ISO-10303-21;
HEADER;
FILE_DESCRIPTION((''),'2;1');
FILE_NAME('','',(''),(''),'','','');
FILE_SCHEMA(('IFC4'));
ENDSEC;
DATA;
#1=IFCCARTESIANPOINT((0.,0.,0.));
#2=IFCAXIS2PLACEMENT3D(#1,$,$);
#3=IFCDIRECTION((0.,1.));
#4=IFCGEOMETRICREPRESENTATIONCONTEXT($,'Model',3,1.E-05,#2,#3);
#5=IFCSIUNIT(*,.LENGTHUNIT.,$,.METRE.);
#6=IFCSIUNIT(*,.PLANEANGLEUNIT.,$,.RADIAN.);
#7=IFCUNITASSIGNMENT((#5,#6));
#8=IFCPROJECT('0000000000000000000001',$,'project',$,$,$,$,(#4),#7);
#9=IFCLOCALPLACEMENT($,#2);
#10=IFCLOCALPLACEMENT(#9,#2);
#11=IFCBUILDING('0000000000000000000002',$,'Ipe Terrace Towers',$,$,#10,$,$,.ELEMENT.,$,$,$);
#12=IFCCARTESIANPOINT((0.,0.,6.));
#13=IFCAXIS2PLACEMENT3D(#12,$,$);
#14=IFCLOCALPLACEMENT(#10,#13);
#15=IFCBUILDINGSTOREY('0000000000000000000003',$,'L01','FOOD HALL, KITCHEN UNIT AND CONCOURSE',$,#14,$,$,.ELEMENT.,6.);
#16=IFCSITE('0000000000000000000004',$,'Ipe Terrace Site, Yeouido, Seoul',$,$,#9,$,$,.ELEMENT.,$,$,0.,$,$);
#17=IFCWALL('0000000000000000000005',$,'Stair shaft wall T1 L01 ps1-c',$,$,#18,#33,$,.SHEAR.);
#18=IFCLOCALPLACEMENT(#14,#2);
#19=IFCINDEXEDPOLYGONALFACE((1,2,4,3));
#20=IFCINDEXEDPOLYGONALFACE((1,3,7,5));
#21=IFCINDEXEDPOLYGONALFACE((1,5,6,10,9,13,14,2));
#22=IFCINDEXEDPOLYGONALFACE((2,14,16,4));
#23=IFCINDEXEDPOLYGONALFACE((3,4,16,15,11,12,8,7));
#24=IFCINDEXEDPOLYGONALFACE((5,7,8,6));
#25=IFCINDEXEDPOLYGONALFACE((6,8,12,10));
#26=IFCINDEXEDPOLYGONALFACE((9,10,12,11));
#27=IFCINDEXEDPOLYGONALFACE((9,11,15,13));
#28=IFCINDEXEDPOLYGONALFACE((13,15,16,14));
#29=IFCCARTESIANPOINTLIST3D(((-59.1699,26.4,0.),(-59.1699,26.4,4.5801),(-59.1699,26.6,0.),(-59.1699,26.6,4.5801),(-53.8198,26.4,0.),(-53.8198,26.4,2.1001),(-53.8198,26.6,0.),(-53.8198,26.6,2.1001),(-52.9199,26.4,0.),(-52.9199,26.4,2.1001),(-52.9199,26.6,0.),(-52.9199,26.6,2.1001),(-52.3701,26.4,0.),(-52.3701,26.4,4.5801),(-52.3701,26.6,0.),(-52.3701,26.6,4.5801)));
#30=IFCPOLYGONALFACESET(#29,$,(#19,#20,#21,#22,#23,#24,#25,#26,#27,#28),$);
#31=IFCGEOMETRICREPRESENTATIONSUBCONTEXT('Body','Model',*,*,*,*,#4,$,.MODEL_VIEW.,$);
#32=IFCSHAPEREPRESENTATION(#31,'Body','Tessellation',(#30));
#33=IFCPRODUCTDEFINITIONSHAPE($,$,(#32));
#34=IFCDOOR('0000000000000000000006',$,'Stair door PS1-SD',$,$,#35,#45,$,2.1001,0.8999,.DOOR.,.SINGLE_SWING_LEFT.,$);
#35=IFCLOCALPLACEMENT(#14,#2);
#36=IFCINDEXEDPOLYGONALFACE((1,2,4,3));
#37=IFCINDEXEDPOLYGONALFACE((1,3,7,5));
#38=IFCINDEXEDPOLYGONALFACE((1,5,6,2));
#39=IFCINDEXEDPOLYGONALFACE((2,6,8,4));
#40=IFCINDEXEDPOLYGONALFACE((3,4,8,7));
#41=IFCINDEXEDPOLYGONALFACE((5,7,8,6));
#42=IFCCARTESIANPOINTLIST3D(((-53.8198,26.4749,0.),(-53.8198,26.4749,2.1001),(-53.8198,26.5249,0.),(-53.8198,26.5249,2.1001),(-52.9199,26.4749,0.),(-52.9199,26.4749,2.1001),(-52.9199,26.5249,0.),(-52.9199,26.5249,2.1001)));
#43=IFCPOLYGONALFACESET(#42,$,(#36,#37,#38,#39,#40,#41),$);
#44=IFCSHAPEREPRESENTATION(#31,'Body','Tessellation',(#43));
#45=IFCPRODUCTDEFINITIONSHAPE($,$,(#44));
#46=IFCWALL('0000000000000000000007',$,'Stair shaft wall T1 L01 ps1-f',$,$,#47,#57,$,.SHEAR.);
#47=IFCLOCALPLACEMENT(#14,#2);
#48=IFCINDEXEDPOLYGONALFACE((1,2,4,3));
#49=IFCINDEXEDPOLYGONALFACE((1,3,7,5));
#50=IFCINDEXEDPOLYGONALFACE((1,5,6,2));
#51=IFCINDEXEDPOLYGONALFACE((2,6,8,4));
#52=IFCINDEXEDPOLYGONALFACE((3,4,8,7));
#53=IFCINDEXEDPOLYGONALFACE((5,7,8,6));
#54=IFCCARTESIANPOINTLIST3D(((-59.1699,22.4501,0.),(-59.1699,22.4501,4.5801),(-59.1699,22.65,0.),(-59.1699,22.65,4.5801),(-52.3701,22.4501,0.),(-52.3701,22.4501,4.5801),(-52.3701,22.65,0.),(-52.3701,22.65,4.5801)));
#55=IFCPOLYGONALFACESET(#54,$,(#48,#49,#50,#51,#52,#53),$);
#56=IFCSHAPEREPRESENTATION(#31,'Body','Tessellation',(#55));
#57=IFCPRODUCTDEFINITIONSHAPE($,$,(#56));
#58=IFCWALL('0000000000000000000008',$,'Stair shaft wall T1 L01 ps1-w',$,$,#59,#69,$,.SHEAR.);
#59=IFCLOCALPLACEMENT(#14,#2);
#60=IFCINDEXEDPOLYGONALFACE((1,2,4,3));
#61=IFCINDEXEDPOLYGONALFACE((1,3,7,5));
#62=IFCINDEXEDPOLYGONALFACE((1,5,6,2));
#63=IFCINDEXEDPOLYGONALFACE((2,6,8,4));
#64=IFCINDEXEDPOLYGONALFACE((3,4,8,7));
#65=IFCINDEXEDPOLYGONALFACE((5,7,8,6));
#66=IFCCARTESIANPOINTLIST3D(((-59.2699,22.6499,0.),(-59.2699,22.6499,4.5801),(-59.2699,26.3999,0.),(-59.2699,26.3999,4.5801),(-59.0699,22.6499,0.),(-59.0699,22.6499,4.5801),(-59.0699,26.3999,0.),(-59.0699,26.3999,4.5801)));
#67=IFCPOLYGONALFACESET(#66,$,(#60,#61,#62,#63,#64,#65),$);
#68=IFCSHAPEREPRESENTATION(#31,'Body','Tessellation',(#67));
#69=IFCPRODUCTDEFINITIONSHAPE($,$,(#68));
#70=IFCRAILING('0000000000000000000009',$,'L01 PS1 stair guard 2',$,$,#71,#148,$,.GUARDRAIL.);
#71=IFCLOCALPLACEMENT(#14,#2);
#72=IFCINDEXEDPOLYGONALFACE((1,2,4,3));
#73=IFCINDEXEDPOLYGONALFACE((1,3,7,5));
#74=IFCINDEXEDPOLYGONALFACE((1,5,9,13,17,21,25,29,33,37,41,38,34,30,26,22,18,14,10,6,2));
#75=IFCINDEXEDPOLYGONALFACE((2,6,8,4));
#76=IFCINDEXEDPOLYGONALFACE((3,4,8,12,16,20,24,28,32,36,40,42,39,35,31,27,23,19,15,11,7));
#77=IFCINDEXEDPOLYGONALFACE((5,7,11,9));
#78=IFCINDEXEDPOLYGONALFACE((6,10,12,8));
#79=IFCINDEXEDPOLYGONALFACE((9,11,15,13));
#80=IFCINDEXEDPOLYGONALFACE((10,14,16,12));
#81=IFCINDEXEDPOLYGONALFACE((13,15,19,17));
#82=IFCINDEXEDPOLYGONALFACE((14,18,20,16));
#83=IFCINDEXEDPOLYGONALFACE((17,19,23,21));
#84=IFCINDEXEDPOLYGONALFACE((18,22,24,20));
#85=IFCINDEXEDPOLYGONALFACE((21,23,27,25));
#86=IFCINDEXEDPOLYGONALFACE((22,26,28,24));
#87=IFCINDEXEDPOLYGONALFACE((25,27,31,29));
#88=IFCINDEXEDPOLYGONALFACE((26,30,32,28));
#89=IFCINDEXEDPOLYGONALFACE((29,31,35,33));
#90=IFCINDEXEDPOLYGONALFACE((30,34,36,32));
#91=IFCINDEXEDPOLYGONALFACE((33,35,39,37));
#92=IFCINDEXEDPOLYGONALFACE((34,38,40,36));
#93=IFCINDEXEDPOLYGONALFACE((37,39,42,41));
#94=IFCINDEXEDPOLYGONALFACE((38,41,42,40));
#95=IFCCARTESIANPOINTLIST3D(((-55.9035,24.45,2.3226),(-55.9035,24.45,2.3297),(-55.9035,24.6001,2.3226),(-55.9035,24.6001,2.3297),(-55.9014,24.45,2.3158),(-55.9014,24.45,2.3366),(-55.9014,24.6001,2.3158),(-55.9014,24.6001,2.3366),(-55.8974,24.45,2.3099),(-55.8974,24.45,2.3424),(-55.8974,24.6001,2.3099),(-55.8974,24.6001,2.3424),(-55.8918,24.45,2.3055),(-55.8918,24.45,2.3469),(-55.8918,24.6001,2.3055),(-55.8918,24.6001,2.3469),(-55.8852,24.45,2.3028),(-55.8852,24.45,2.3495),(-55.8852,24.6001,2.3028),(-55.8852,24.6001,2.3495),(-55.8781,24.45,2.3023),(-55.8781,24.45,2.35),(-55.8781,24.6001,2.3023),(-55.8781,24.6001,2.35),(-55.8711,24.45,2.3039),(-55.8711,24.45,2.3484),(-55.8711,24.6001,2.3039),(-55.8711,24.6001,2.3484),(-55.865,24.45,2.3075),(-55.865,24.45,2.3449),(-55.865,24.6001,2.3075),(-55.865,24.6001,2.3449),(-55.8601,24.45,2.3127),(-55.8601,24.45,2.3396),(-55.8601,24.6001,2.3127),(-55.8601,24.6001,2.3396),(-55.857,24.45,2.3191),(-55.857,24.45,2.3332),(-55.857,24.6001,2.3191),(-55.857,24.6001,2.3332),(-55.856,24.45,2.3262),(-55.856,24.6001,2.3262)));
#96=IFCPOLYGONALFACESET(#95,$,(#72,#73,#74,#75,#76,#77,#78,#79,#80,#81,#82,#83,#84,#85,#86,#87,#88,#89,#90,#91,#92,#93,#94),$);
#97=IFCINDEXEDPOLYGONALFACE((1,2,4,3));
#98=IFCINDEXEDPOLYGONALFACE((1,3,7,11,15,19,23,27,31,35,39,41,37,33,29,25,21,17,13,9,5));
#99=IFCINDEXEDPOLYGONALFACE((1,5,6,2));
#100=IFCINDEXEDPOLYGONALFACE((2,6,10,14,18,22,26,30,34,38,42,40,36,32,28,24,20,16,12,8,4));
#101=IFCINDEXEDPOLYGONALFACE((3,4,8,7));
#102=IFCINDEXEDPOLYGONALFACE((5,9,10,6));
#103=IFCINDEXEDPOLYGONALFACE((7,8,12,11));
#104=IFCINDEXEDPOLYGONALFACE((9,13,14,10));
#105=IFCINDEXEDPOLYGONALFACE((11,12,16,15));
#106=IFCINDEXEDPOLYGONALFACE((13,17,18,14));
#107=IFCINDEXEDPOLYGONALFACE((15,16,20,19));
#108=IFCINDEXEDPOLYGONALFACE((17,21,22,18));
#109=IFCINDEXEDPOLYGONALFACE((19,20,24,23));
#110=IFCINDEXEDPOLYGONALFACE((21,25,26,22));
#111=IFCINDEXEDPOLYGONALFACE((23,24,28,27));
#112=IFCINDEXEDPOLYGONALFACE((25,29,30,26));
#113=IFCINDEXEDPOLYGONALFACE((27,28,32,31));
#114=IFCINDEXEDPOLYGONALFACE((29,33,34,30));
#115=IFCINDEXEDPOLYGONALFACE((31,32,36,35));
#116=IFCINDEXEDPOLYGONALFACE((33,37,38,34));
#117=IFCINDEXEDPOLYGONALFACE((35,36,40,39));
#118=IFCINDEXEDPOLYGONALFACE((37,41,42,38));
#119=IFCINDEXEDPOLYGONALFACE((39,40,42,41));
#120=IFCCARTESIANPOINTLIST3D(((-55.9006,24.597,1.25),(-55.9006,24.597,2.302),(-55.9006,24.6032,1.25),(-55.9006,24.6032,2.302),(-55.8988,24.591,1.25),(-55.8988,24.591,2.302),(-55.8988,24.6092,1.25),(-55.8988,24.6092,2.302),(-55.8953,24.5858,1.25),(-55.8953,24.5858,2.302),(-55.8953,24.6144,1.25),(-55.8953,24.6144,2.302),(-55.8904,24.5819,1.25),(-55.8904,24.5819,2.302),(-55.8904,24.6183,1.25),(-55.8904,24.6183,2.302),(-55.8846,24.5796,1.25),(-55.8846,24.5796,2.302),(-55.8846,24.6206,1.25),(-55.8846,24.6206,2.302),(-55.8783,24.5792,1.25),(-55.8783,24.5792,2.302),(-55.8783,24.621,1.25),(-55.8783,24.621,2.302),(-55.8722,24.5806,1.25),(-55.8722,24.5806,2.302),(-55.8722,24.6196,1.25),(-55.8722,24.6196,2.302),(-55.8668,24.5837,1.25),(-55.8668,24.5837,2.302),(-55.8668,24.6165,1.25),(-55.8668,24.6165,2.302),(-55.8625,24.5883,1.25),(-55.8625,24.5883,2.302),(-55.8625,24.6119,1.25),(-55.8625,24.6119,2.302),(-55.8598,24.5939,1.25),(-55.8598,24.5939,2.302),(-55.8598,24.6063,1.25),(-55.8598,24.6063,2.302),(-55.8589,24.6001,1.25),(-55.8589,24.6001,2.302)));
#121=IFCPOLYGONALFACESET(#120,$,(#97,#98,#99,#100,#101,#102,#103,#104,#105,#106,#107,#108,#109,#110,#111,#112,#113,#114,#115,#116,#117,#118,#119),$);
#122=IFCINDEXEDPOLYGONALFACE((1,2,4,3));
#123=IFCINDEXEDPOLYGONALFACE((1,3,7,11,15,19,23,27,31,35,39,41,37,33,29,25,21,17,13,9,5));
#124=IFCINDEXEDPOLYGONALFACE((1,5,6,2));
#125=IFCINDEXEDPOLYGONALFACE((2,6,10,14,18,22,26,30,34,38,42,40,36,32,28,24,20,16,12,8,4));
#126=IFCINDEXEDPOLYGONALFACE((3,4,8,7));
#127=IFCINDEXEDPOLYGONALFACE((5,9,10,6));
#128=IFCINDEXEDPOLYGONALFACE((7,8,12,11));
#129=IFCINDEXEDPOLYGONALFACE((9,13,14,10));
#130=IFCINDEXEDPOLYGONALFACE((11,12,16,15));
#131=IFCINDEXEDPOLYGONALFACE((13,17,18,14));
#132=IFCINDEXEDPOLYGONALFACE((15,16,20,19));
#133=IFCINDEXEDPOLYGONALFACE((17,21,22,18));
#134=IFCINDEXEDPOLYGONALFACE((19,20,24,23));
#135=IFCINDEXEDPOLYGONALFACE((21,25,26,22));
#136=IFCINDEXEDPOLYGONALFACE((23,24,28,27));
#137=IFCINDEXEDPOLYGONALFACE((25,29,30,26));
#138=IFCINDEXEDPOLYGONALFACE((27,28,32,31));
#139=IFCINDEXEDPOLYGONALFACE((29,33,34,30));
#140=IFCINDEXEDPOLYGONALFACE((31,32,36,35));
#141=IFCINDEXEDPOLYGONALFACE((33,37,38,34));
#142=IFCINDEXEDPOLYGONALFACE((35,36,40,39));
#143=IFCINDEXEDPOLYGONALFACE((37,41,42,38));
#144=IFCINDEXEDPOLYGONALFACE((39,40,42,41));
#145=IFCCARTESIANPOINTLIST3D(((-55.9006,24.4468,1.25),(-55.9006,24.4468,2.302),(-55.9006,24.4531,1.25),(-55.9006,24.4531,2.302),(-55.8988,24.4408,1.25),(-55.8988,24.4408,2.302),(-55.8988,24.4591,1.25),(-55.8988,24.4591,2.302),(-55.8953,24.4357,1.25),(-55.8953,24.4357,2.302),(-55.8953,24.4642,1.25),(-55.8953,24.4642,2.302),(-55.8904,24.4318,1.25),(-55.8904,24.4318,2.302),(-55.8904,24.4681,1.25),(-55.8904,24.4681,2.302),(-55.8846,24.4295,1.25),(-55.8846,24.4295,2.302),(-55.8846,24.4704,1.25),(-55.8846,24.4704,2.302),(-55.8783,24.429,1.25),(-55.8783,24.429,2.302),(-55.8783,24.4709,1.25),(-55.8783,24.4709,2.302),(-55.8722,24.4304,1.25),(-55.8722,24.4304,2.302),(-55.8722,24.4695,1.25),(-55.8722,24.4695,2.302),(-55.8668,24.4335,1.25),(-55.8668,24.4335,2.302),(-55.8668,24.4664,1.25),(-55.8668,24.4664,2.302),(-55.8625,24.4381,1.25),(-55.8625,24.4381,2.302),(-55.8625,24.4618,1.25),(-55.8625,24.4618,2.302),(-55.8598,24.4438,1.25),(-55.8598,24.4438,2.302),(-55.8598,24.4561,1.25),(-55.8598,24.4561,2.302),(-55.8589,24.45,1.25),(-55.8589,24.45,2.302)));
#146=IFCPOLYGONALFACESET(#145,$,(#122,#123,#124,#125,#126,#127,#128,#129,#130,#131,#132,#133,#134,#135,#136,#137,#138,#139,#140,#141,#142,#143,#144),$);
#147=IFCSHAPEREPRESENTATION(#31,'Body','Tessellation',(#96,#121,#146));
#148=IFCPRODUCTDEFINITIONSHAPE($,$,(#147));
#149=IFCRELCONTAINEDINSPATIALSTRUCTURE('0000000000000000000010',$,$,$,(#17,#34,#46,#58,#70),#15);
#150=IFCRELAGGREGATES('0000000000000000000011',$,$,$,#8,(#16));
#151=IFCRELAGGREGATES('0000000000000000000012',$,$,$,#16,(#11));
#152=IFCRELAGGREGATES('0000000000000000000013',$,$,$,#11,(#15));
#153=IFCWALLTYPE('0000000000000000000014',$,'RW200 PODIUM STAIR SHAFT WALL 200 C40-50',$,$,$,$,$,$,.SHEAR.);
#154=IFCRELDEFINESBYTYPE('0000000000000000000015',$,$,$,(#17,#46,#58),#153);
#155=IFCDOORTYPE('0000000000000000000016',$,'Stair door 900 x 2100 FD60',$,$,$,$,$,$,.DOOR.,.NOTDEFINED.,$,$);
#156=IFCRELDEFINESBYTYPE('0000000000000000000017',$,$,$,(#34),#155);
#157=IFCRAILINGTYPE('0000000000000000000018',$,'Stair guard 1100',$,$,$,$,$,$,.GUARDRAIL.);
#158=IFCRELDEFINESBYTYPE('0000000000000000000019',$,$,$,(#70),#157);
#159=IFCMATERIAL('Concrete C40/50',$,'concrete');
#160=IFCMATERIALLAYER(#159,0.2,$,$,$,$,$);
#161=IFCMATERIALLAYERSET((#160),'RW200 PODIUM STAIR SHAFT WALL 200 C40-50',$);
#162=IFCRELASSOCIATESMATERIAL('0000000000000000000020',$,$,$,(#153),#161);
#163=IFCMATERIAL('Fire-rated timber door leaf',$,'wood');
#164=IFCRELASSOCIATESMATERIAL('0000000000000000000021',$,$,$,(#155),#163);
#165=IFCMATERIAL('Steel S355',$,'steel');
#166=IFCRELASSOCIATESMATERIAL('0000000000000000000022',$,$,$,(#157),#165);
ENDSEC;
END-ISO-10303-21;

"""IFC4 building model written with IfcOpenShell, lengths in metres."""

from ifc_helpers import new_model, si_unit, direction, frame, frame_2d, origin, origin_2d, place, context, subcontext, project, spatial, rectangle, circle, extrude, material, layer, layer_set, type_object, element, fill, save


model = new_model("IFC4")

# Units and contexts
model_context = context("Model", 3, precision=1e-05, world=origin(), true_north=direction((0.0, 1.0)))
body_context = subcontext(model_context, "Body", "Model", "MODEL_VIEW")
ifc_project = project(units=[si_unit("LENGTHUNIT", "METRE"), si_unit("PLANEANGLEUNIT", "RADIAN")], contexts=[model_context])

# Site, building, storey
site_placement = place(None, origin())
site = spatial("IfcSite", under=ifc_project, at=site_placement, Name="Ipe Terrace Site, Yeouido, Seoul", CompositionType="ELEMENT", RefElevation=0.0)
building_placement = place(site_placement, origin())
building = spatial("IfcBuilding", under=site, at=building_placement, Name="Ipe Terrace Towers", CompositionType="ELEMENT")
storey_placement = place(building_placement, frame((0.0, 0.0, 6.0)))
storey = spatial("IfcBuildingStorey", under=building, at=storey_placement, Name="L01", Description="FOOD HALL, KITCHEN UNIT AND CONCOURSE", CompositionType="ELEMENT", Elevation=6.0)

# Wall, opening, door
ifc_material_1 = material(Name="Concrete C40/50", Category="concrete")
ifc_layer_1 = layer(ifc_material_1, 0.2)
ifc_layer_set_1 = layer_set([ifc_layer_1], Name="RW200 PODIUM STAIR SHAFT WALL 200 C40-50")
wall_type_1 = type_object("IfcWallType", Name="RW200 PODIUM STAIR SHAFT WALL 200 C40-50", PredefinedType="SHEAR", material=ifc_layer_set_1)
wall_1_placement = place(storey_placement, frame((-59.1699, 26.5, 0.0), z_axis=(0.0, 0.0, 1.0), x_axis=(1.0, 0.0, 0.0)))
wall_1 = element("IfcWall", 1, at=wall_1_placement, inside=storey, type_object=wall_type_1, Name="Stair shaft wall T1 L01 ps1-c", PredefinedType="SHEAR", context=body_context, shape_type="SweptSolid", body=[
    extrude(rectangle(XDim=6.7998, YDim=0.2, at=frame_2d((3.3999, 0.0))), origin(), (0.0, 0.0, 1.0), 4.5801),
])
opening_1_placement = place(wall_1_placement, frame((5.3501, 0.0, 0.0)))
opening_1 = element("IfcOpeningElement", 2, at=opening_1_placement, cuts=wall_1, PredefinedType="OPENING", context=body_context, shape_type="SweptSolid", body=[
    extrude(rectangle(XDim=0.8999, YDim=2.1001, at=frame_2d((0.45, 1.05))), frame((0.0, 0.1099, 0.0), z_axis=(0.0, -1.0, 0.0), x_axis=(1.0, 0.0, 0.0)), (0.0, 0.0, 1.0), 0.22),
])
ifc_material_2 = material(Name="Fire-rated timber door leaf", Category="wood")
door_type_1 = type_object("IfcDoorType", Name="Stair door 900 x 2100 FD60", OperationType="NOTDEFINED", PredefinedType="DOOR", material=ifc_material_2)
door_1_placement = place(opening_1_placement, origin())
door_1 = element("IfcDoor", 3, at=door_1_placement, inside=storey, type_object=door_type_1, Name="Stair door PS1-SD", OperationType="SINGLE_SWING_LEFT", OverallHeight=2.1001, OverallWidth=0.8999, PredefinedType="DOOR", context=body_context, shape_type="SweptSolid", body=[
    extrude(rectangle(XDim=0.8999, YDim=2.1001, at=frame_2d((0.45, 1.05))), frame((0.0, 0.0249, 0.0), z_axis=(0.0, -1.0, 0.0), x_axis=(1.0, 0.0, 0.0)), (0.0, 0.0, 1.0), 0.05),
])
fill(opening_1, door_1)

# Walls
wall_2_placement = place(storey_placement, frame((-59.1699, 22.55, 0.0), z_axis=(0.0, 0.0, 1.0), x_axis=(1.0, 0.0, 0.0)))
element("IfcWall", 4, at=wall_2_placement, inside=storey, type_object=wall_type_1, Name="Stair shaft wall T1 L01 ps1-f", PredefinedType="SHEAR", context=body_context, shape_type="SweptSolid", body=[
    extrude(rectangle(XDim=6.7998, YDim=0.2, at=frame_2d((3.3999, 0.0))), origin(), (0.0, 0.0, 1.0), 4.5801),
])
wall_3_placement = place(storey_placement, frame((-59.1699, 22.6499, 0.0), z_axis=(0.0, 0.0, 1.0), x_axis=(0.0, 1.0, 0.0)))
element("IfcWall", 5, at=wall_3_placement, inside=storey, type_object=wall_type_1, Name="Stair shaft wall T1 L01 ps1-w", PredefinedType="SHEAR", context=body_context, shape_type="SweptSolid", body=[
    extrude(rectangle(XDim=3.75, YDim=0.2, at=frame_2d((1.875, 0.0))), origin(), (0.0, 0.0, 1.0), 4.5801),
])

# Railing
ifc_material_3 = material(Name="Steel S355", Category="steel")
railing_type = type_object("IfcRailingType", Name="Stair guard 1100", PredefinedType="GUARDRAIL", material=ifc_material_3)
for number, where, name in (
    (6, (-55.8799, 24.6001, 1.25), "L01 PS1 stair guard 2"),
):
    element("IfcRailing", number, at=place(storey_placement, frame(where)), inside=storey, type_object=railing_type, Name=name, PredefinedType="GUARDRAIL", context=body_context, shape_type="SweptSolid", body=[
        extrude(circle(Radius=0.0239, at=origin_2d()), frame((0.0, 0.0, 1.0762), z_axis=(0.0, -1.0, 0.0), x_axis=(1.0, 0.0, 0.0)), (0.0, 0.0, 1.0), 0.1501),
        extrude(circle(Radius=0.021, at=origin_2d()), origin(), (0.0, 0.0, 1.0), 1.052),
        extrude(circle(Radius=0.021, at=origin_2d()), frame((0.0, -0.1501, 0.0)), (0.0, 0.0, 1.0), 1.052),
    ])

save(model, "model.ifc")
